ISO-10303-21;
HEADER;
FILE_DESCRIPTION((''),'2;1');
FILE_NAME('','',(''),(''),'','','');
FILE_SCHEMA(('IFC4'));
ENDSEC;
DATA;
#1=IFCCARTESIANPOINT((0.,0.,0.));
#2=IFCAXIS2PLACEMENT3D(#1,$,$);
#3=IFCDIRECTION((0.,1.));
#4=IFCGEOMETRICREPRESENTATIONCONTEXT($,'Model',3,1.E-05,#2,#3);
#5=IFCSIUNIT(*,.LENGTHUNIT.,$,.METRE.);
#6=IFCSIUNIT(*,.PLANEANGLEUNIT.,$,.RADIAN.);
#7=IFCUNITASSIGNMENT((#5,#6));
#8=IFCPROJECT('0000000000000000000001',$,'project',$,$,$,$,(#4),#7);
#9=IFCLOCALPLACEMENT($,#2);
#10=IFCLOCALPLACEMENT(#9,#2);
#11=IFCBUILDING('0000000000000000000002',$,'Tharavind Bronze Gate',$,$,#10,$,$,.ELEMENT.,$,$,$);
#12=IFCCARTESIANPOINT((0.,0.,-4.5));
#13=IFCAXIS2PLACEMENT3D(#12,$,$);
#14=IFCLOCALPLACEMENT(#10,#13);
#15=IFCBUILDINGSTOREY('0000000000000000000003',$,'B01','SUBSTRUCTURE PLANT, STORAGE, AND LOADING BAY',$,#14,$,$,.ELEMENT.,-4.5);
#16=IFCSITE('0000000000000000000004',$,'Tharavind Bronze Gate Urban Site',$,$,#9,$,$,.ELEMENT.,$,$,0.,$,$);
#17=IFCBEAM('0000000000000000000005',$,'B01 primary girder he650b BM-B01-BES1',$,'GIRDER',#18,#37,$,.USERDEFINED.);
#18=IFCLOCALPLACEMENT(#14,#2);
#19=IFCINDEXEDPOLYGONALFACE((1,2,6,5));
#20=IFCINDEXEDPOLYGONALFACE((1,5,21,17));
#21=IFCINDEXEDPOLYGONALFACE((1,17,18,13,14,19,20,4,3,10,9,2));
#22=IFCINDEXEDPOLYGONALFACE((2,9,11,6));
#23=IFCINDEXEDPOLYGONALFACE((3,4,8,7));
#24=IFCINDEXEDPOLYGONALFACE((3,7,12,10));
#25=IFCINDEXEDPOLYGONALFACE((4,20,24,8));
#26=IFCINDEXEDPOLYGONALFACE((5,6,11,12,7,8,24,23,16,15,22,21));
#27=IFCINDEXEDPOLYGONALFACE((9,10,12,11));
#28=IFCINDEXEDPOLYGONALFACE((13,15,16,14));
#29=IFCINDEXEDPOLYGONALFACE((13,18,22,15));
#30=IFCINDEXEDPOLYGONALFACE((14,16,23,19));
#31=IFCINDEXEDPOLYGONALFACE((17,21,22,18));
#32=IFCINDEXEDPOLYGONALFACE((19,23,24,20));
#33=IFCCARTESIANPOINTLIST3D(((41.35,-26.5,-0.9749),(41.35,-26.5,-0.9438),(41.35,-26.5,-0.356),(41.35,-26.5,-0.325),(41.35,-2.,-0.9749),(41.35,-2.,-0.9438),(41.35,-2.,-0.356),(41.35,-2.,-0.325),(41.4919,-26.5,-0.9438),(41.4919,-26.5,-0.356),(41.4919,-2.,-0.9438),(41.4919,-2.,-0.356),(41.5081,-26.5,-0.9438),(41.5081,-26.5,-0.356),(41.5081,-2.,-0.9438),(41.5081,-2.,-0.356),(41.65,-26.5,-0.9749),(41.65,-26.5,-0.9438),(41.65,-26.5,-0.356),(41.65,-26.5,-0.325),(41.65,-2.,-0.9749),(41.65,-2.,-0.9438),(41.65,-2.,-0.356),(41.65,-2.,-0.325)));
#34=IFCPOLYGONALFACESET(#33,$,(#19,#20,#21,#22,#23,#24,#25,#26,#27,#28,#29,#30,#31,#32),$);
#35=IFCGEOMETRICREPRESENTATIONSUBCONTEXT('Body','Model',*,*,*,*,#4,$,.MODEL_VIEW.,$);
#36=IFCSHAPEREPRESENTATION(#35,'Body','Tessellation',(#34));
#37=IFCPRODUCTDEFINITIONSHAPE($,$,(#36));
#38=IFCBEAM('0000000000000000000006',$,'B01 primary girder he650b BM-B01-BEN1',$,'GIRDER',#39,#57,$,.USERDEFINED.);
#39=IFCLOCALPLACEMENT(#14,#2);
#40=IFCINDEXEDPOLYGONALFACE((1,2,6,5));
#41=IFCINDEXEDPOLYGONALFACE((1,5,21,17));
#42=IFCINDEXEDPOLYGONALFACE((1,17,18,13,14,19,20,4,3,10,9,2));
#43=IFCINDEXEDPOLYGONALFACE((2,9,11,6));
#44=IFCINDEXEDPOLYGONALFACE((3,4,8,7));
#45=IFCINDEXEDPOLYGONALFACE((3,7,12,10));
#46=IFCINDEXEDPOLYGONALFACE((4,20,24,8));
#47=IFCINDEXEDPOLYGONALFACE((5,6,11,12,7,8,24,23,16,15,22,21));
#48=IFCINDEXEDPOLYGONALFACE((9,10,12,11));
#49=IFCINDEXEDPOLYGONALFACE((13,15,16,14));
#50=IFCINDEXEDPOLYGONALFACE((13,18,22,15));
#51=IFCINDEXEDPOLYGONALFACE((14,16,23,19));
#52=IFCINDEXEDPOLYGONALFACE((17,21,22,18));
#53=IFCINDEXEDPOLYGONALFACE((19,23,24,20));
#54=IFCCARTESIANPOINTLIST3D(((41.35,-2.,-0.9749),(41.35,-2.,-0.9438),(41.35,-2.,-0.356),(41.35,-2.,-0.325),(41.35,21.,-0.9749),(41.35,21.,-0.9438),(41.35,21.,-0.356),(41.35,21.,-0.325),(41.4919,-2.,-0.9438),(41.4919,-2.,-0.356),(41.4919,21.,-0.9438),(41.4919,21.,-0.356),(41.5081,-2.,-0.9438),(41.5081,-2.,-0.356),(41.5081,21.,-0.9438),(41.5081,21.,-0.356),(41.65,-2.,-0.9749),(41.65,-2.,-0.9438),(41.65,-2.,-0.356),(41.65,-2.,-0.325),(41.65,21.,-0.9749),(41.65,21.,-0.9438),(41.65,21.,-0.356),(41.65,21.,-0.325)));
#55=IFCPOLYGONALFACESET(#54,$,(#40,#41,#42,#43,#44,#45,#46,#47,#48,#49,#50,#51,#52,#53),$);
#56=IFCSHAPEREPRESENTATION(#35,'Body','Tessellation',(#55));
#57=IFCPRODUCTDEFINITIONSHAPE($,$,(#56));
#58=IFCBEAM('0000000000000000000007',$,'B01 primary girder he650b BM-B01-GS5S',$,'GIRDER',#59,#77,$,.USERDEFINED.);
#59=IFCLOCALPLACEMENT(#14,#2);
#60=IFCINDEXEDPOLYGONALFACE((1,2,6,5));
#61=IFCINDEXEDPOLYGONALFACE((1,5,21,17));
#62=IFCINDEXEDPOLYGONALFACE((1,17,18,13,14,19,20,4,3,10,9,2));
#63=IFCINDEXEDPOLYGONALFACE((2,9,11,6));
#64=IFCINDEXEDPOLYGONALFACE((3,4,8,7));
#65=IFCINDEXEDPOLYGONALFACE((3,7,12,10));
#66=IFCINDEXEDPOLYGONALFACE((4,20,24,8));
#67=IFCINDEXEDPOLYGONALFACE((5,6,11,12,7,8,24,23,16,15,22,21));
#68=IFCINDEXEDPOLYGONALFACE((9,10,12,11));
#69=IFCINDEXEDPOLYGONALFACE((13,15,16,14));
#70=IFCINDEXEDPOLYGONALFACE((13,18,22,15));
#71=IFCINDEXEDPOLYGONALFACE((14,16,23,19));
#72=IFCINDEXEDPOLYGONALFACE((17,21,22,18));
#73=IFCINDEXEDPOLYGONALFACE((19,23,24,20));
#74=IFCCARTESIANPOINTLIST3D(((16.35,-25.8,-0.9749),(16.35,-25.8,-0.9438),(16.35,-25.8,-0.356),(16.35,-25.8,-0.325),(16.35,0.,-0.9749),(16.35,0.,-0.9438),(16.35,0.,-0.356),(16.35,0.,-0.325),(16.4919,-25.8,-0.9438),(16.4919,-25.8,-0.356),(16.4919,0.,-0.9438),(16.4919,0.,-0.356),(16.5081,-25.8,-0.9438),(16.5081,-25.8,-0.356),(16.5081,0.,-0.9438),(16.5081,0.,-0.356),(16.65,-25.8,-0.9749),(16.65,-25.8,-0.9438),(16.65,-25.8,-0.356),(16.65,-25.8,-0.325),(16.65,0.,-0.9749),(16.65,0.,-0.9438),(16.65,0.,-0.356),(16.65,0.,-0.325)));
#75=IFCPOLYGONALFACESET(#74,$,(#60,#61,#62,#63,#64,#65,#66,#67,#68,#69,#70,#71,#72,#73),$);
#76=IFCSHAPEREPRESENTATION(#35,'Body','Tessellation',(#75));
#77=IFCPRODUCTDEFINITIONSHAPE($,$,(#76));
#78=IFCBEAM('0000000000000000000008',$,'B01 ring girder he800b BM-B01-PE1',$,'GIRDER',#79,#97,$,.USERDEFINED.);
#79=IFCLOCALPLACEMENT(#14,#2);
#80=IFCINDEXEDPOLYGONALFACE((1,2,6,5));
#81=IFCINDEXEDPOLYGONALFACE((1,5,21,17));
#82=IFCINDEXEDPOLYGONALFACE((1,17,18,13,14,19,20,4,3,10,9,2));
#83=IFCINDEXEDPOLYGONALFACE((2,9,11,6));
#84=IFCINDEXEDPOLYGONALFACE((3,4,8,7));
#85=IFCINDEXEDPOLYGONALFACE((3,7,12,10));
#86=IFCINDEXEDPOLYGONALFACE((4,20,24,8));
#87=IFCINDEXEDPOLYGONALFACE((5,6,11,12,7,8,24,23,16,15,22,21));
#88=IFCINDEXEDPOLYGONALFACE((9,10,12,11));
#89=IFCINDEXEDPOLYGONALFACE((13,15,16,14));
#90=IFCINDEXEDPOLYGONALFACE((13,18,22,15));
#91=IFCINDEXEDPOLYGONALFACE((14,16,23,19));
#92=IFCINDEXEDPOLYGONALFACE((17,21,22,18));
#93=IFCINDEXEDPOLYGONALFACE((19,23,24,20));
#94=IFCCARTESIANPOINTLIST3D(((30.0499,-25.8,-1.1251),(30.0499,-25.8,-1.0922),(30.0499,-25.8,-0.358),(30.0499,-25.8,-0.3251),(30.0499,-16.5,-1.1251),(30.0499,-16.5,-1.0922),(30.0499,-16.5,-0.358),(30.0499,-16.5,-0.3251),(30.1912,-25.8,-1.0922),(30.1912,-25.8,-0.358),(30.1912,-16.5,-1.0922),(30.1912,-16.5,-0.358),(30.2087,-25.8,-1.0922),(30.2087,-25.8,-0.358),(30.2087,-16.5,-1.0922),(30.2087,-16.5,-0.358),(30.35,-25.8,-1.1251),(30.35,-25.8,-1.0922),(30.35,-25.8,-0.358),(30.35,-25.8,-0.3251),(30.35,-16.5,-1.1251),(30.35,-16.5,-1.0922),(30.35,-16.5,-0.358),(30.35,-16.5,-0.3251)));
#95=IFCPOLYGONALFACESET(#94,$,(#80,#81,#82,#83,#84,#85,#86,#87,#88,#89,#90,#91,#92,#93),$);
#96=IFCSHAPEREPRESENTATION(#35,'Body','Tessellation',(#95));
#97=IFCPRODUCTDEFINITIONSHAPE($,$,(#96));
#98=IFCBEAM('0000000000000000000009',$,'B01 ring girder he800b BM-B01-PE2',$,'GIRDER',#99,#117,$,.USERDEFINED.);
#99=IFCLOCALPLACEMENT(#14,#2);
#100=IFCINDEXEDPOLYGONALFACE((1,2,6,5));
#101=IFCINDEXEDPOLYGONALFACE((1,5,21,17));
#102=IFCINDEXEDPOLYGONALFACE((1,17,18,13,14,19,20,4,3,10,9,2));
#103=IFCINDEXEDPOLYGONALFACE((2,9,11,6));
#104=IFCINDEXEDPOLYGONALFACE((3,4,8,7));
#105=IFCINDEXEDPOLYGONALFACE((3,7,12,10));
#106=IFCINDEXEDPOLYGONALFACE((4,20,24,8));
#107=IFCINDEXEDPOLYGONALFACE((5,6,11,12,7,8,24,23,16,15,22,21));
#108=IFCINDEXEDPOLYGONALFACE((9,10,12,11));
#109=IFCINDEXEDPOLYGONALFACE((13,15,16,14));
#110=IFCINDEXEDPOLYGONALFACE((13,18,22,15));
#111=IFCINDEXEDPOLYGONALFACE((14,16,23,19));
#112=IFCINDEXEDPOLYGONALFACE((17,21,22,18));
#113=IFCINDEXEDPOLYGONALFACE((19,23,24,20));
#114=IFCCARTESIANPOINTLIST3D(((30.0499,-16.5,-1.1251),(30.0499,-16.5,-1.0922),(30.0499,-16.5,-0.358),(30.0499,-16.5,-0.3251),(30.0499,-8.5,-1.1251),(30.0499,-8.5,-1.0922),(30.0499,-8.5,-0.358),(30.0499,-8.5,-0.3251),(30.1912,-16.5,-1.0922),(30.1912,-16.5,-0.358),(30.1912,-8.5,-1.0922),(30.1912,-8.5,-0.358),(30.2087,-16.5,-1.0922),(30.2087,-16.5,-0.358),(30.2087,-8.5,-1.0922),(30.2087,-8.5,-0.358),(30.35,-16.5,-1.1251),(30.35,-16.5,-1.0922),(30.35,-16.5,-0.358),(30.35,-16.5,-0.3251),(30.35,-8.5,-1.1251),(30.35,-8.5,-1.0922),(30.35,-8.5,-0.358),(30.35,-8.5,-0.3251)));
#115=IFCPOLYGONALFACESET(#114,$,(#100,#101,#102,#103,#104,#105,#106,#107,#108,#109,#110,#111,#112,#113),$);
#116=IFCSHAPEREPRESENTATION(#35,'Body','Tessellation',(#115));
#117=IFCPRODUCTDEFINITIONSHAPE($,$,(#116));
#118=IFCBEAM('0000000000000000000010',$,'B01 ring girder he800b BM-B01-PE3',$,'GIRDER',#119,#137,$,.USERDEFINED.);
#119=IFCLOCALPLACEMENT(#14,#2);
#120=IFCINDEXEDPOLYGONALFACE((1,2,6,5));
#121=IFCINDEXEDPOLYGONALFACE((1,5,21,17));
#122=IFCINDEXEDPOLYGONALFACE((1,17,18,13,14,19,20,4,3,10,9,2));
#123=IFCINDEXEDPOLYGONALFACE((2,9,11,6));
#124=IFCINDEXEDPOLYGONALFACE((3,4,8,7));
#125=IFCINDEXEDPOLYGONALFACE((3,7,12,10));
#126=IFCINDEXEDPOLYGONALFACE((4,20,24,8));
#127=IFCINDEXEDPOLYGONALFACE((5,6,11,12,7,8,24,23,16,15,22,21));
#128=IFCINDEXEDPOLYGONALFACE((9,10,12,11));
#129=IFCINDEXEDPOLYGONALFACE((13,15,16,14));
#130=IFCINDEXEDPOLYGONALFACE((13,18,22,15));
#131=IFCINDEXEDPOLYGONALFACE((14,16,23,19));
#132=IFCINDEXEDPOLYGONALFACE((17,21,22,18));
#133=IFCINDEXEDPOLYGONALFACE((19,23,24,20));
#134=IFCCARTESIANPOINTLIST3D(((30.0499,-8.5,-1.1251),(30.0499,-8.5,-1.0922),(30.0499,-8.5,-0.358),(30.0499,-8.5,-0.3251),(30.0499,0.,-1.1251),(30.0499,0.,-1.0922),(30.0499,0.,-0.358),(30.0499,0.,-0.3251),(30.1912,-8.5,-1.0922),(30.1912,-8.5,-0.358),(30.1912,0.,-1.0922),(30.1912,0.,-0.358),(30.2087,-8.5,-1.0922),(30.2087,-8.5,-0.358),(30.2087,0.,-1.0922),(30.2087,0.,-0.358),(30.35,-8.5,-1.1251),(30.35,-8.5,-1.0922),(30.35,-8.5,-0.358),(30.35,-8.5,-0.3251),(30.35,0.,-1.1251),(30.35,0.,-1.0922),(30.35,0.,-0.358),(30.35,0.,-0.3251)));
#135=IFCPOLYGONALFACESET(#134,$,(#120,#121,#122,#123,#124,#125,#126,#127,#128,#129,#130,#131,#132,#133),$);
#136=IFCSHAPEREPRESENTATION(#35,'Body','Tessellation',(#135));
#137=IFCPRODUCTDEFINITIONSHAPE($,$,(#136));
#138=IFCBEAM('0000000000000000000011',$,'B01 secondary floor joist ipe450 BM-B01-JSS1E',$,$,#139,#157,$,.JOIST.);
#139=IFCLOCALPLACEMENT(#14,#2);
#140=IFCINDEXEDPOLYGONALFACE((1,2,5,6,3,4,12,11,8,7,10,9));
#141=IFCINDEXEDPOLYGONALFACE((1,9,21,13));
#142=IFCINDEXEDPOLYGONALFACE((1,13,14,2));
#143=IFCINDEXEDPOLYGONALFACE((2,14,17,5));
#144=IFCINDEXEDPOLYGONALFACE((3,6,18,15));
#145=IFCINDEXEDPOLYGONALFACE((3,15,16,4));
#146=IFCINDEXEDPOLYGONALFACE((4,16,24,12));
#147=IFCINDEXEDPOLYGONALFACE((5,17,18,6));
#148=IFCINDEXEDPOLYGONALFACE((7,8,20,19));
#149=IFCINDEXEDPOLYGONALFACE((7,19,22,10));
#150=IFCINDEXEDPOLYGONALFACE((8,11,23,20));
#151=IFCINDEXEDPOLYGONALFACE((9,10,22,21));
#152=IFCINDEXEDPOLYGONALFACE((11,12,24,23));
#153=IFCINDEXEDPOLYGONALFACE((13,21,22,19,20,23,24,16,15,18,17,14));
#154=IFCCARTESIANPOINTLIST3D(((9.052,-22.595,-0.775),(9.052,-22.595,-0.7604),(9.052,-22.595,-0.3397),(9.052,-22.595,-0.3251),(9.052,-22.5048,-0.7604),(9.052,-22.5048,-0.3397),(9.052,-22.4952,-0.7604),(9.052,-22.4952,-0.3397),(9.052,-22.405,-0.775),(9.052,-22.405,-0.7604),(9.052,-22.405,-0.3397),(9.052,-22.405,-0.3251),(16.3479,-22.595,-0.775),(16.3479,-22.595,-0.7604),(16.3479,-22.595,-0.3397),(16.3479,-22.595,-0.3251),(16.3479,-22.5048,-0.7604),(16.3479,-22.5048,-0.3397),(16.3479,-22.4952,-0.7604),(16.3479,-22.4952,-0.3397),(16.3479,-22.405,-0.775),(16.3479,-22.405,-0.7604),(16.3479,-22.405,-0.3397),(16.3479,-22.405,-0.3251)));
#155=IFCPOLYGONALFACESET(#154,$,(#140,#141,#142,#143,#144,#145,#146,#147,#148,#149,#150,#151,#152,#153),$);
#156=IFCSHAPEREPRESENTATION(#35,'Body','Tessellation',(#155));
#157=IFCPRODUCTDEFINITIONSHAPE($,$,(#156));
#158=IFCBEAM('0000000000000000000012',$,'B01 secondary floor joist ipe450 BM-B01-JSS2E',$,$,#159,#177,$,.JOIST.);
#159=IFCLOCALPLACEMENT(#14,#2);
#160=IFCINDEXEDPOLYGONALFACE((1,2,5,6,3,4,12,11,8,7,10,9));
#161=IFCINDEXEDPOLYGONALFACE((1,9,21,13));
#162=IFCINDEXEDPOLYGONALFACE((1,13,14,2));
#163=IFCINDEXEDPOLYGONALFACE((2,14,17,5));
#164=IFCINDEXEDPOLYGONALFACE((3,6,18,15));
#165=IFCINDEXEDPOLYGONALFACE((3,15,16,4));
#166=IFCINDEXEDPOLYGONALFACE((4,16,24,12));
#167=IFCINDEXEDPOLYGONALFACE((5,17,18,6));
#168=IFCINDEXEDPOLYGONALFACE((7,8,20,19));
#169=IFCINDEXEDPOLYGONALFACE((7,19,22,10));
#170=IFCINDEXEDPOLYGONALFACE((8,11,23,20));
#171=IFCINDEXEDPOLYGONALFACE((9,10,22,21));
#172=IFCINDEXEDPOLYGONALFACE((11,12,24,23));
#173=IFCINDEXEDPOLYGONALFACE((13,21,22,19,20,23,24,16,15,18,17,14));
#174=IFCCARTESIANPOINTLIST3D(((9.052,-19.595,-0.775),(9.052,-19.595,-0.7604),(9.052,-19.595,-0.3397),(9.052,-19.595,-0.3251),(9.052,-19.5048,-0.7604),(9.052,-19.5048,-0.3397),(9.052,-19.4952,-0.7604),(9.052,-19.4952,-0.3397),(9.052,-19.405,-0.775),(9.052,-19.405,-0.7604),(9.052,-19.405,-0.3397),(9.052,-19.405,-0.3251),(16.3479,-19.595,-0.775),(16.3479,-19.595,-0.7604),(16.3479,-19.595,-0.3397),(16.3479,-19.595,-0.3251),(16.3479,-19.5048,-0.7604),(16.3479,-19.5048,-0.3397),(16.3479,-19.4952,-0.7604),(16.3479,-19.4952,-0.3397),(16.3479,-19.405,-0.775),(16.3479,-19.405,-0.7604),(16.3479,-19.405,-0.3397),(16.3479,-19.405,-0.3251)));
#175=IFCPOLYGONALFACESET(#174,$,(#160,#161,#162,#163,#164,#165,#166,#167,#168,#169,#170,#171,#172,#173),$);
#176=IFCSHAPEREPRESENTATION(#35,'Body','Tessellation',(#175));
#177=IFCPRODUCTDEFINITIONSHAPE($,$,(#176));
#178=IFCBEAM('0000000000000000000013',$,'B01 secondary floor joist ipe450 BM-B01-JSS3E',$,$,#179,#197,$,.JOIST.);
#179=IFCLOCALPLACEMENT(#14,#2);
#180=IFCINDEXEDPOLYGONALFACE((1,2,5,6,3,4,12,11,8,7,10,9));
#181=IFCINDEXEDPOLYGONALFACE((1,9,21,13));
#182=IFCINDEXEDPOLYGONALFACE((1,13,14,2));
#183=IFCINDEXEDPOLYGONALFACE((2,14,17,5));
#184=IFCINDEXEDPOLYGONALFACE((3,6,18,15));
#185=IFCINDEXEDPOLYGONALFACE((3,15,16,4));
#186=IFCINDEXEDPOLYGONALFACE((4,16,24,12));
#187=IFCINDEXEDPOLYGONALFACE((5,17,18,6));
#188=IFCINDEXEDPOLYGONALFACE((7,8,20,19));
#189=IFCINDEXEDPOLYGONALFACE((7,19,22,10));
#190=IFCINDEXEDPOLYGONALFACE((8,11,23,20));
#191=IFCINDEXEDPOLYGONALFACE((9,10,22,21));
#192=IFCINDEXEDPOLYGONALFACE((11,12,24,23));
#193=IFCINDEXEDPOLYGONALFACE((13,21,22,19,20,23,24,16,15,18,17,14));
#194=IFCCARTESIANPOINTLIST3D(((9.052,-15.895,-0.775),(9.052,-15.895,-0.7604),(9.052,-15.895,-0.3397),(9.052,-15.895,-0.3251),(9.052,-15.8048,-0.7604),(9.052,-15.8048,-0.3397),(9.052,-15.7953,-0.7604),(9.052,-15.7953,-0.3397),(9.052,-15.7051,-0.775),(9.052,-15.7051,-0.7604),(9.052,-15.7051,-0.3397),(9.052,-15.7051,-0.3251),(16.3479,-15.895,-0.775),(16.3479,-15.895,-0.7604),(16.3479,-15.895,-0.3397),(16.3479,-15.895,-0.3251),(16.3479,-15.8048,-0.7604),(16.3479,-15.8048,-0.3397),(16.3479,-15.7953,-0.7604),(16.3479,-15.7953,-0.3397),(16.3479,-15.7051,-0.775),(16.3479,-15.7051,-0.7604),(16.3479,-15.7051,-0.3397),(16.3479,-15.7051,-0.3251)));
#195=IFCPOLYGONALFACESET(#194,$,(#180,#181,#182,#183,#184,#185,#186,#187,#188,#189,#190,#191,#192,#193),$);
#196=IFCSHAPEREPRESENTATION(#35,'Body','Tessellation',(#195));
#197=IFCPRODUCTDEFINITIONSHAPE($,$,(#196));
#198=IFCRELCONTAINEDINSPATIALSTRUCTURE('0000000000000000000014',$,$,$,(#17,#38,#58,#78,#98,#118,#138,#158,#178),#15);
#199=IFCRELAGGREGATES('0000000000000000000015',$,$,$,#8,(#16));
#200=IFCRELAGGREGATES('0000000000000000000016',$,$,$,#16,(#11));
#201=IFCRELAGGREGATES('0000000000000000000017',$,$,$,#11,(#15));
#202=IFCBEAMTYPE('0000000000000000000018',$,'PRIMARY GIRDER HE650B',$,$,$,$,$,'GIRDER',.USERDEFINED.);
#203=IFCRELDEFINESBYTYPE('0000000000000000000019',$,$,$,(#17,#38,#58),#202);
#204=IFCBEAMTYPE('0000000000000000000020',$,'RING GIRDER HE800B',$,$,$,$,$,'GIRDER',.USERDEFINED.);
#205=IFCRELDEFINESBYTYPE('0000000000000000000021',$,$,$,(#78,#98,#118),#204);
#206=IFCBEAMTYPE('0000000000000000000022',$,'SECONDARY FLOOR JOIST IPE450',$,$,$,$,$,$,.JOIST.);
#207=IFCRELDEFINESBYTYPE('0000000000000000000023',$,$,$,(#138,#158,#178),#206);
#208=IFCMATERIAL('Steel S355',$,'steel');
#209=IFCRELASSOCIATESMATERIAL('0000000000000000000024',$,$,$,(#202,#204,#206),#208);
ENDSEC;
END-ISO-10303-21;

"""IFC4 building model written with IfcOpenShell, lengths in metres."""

from ifc_helpers import new_model, si_unit, direction, frame, origin, origin_2d, place, context, subcontext, project, spatial, i_section, extrude, material, material_profile, profile_set, type_object, element, save


model = new_model("IFC4")

# Units and contexts
model_context = context("Model", 3, precision=1e-05, world=origin(), true_north=direction((0.0, 1.0)))
body_context = subcontext(model_context, "Body", "Model", "MODEL_VIEW")
ifc_project = project(units=[si_unit("LENGTHUNIT", "METRE"), si_unit("PLANEANGLEUNIT", "RADIAN")], contexts=[model_context])

# Site, building, storey
site_placement = place(None, origin())
site = spatial("IfcSite", under=ifc_project, at=site_placement, Name="Tharavind Bronze Gate Urban Site", CompositionType="ELEMENT", RefElevation=0.0)
building_placement = place(site_placement, origin())
building = spatial("IfcBuilding", under=site, at=building_placement, Name="Tharavind Bronze Gate", CompositionType="ELEMENT")
storey_placement = place(building_placement, frame((0.0, 0.0, -4.5)))
storey = spatial("IfcBuildingStorey", under=building, at=storey_placement, Name="B01", Description="SUBSTRUCTURE PLANT, STORAGE, AND LOADING BAY", CompositionType="ELEMENT", Elevation=-4.5)

# Beams
ifc_material_1 = material(Name="Steel S355", Category="steel")
ifc_material_profile_1 = material_profile(ifc_material_1, i_section(OverallWidth=0.3, OverallDepth=0.6499, WebThickness=0.0161, FlangeThickness=0.031, at=origin_2d()), Name="HE650B")
ifc_profile_set_1 = profile_set([ifc_material_profile_1], Name="Steel S355")
beam_type_1 = type_object("IfcBeamType", Name="PRIMARY GIRDER HE650B", ElementType="GIRDER", PredefinedType="USERDEFINED", material=ifc_profile_set_1)
beam_1_placement = place(storey_placement, frame((41.5, -26.5, -0.6499), z_axis=(0.0, 1.0, 0.0), x_axis=(-1.0, 0.0, 0.0)))
element("IfcBeam", 1, at=beam_1_placement, inside=storey, type_object=beam_type_1, Name="B01 primary girder he650b BM-B01-BES1", ObjectType="GIRDER", PredefinedType="USERDEFINED", context=body_context, shape_type="SweptSolid", body=[
    extrude(i_section(OverallWidth=0.3, OverallDepth=0.6499, WebThickness=0.0161, FlangeThickness=0.031, at=origin_2d()), origin(), (0.0, 0.0, 1.0), 24.5),
])
beam_2_placement = place(storey_placement, frame((41.5, -2.0, -0.6499), z_axis=(0.0, 1.0, 0.0), x_axis=(-1.0, 0.0, 0.0)))
element("IfcBeam", 2, at=beam_2_placement, inside=storey, type_object=beam_type_1, Name="B01 primary girder he650b BM-B01-BEN1", ObjectType="GIRDER", PredefinedType="USERDEFINED", context=body_context, shape_type="SweptSolid", body=[
    extrude(i_section(OverallWidth=0.3, OverallDepth=0.6499, WebThickness=0.0161, FlangeThickness=0.031, at=origin_2d()), origin(), (0.0, 0.0, 1.0), 23.0),
])
beam_3_placement = place(storey_placement, frame((16.5, -25.8, -0.6499), z_axis=(0.0, 1.0, 0.0), x_axis=(-1.0, 0.0, 0.0)))
element("IfcBeam", 3, at=beam_3_placement, inside=storey, type_object=beam_type_1, Name="B01 primary girder he650b BM-B01-GS5S", ObjectType="GIRDER", PredefinedType="USERDEFINED", context=body_context, shape_type="SweptSolid", body=[
    extrude(i_section(OverallWidth=0.3, OverallDepth=0.6499, WebThickness=0.0161, FlangeThickness=0.031, at=origin_2d()), origin(), (0.0, 0.0, 1.0), 25.8),
])
ifc_material_profile_2 = material_profile(ifc_material_1, i_section(OverallWidth=0.3, OverallDepth=0.8, WebThickness=0.0176, FlangeThickness=0.033, at=origin_2d()), Name="HE800B")
ifc_profile_set_2 = profile_set([ifc_material_profile_2], Name="Steel S355")
beam_type_2 = type_object("IfcBeamType", Name="RING GIRDER HE800B", ElementType="GIRDER", PredefinedType="USERDEFINED", material=ifc_profile_set_2)
beam_4_placement = place(storey_placement, frame((30.2, -25.8, -0.7251), z_axis=(0.0, 1.0, 0.0), x_axis=(-1.0, 0.0, 0.0)))
element("IfcBeam", 4, at=beam_4_placement, inside=storey, type_object=beam_type_2, Name="B01 ring girder he800b BM-B01-PE1", ObjectType="GIRDER", PredefinedType="USERDEFINED", context=body_context, shape_type="SweptSolid", body=[
    extrude(i_section(OverallWidth=0.3, OverallDepth=0.8, WebThickness=0.0176, FlangeThickness=0.033, at=origin_2d()), origin(), (0.0, 0.0, 1.0), 9.3),
])
beam_5_placement = place(storey_placement, frame((30.2, -16.5, -0.7251), z_axis=(0.0, 1.0, 0.0), x_axis=(-1.0, 0.0, 0.0)))
element("IfcBeam", 5, at=beam_5_placement, inside=storey, type_object=beam_type_2, Name="B01 ring girder he800b BM-B01-PE2", ObjectType="GIRDER", PredefinedType="USERDEFINED", context=body_context, shape_type="SweptSolid", body=[
    extrude(i_section(OverallWidth=0.3, OverallDepth=0.8, WebThickness=0.0176, FlangeThickness=0.033, at=origin_2d()), origin(), (0.0, 0.0, 1.0), 8.0),
])
beam_6_placement = place(storey_placement, frame((30.2, -8.5, -0.7251), z_axis=(0.0, 1.0, 0.0), x_axis=(-1.0, 0.0, 0.0)))
element("IfcBeam", 6, at=beam_6_placement, inside=storey, type_object=beam_type_2, Name="B01 ring girder he800b BM-B01-PE3", ObjectType="GIRDER", PredefinedType="USERDEFINED", context=body_context, shape_type="SweptSolid", body=[
    extrude(i_section(OverallWidth=0.3, OverallDepth=0.8, WebThickness=0.0176, FlangeThickness=0.033, at=origin_2d()), origin(), (0.0, 0.0, 1.0), 8.5),
])
ifc_material_profile_3 = material_profile(ifc_material_1, i_section(OverallWidth=0.1899, OverallDepth=0.45, WebThickness=0.0095, FlangeThickness=0.0146, at=origin_2d()), Name="IPE450")
ifc_profile_set_3 = profile_set([ifc_material_profile_3], Name="Steel S355")
beam_type_3 = type_object("IfcBeamType", Name="SECONDARY FLOOR JOIST IPE450", PredefinedType="JOIST", material=ifc_profile_set_3)
for number, where, z_axis, x_axis, name in (
    (7, (9.052, -22.5, -0.55), (1.0, 0.0, 0.0), (0.0, 1.0, 0.0), "B01 secondary floor joist ipe450 BM-B01-JSS1E"),
    (8, (9.052, -19.5, -0.55), (1.0, 0.0, 0.0), (0.0, 1.0, 0.0), "B01 secondary floor joist ipe450 BM-B01-JSS2E"),
    (9, (9.052, -15.8, -0.55), (1.0, 0.0, 0.0), (0.0, 1.0, 0.0), "B01 secondary floor joist ipe450 BM-B01-JSS3E"),
):
    element("IfcBeam", number, at=place(storey_placement, frame(where, z_axis=z_axis, x_axis=x_axis)), inside=storey, type_object=beam_type_3, Name=name, PredefinedType="JOIST", context=body_context, shape_type="SweptSolid", body=[
        extrude(i_section(OverallWidth=0.1899, OverallDepth=0.45, WebThickness=0.0095, FlangeThickness=0.0146, at=origin_2d()), origin(), (0.0, 0.0, 1.0), 7.2959),
    ])

save(model, "model.ifc")
